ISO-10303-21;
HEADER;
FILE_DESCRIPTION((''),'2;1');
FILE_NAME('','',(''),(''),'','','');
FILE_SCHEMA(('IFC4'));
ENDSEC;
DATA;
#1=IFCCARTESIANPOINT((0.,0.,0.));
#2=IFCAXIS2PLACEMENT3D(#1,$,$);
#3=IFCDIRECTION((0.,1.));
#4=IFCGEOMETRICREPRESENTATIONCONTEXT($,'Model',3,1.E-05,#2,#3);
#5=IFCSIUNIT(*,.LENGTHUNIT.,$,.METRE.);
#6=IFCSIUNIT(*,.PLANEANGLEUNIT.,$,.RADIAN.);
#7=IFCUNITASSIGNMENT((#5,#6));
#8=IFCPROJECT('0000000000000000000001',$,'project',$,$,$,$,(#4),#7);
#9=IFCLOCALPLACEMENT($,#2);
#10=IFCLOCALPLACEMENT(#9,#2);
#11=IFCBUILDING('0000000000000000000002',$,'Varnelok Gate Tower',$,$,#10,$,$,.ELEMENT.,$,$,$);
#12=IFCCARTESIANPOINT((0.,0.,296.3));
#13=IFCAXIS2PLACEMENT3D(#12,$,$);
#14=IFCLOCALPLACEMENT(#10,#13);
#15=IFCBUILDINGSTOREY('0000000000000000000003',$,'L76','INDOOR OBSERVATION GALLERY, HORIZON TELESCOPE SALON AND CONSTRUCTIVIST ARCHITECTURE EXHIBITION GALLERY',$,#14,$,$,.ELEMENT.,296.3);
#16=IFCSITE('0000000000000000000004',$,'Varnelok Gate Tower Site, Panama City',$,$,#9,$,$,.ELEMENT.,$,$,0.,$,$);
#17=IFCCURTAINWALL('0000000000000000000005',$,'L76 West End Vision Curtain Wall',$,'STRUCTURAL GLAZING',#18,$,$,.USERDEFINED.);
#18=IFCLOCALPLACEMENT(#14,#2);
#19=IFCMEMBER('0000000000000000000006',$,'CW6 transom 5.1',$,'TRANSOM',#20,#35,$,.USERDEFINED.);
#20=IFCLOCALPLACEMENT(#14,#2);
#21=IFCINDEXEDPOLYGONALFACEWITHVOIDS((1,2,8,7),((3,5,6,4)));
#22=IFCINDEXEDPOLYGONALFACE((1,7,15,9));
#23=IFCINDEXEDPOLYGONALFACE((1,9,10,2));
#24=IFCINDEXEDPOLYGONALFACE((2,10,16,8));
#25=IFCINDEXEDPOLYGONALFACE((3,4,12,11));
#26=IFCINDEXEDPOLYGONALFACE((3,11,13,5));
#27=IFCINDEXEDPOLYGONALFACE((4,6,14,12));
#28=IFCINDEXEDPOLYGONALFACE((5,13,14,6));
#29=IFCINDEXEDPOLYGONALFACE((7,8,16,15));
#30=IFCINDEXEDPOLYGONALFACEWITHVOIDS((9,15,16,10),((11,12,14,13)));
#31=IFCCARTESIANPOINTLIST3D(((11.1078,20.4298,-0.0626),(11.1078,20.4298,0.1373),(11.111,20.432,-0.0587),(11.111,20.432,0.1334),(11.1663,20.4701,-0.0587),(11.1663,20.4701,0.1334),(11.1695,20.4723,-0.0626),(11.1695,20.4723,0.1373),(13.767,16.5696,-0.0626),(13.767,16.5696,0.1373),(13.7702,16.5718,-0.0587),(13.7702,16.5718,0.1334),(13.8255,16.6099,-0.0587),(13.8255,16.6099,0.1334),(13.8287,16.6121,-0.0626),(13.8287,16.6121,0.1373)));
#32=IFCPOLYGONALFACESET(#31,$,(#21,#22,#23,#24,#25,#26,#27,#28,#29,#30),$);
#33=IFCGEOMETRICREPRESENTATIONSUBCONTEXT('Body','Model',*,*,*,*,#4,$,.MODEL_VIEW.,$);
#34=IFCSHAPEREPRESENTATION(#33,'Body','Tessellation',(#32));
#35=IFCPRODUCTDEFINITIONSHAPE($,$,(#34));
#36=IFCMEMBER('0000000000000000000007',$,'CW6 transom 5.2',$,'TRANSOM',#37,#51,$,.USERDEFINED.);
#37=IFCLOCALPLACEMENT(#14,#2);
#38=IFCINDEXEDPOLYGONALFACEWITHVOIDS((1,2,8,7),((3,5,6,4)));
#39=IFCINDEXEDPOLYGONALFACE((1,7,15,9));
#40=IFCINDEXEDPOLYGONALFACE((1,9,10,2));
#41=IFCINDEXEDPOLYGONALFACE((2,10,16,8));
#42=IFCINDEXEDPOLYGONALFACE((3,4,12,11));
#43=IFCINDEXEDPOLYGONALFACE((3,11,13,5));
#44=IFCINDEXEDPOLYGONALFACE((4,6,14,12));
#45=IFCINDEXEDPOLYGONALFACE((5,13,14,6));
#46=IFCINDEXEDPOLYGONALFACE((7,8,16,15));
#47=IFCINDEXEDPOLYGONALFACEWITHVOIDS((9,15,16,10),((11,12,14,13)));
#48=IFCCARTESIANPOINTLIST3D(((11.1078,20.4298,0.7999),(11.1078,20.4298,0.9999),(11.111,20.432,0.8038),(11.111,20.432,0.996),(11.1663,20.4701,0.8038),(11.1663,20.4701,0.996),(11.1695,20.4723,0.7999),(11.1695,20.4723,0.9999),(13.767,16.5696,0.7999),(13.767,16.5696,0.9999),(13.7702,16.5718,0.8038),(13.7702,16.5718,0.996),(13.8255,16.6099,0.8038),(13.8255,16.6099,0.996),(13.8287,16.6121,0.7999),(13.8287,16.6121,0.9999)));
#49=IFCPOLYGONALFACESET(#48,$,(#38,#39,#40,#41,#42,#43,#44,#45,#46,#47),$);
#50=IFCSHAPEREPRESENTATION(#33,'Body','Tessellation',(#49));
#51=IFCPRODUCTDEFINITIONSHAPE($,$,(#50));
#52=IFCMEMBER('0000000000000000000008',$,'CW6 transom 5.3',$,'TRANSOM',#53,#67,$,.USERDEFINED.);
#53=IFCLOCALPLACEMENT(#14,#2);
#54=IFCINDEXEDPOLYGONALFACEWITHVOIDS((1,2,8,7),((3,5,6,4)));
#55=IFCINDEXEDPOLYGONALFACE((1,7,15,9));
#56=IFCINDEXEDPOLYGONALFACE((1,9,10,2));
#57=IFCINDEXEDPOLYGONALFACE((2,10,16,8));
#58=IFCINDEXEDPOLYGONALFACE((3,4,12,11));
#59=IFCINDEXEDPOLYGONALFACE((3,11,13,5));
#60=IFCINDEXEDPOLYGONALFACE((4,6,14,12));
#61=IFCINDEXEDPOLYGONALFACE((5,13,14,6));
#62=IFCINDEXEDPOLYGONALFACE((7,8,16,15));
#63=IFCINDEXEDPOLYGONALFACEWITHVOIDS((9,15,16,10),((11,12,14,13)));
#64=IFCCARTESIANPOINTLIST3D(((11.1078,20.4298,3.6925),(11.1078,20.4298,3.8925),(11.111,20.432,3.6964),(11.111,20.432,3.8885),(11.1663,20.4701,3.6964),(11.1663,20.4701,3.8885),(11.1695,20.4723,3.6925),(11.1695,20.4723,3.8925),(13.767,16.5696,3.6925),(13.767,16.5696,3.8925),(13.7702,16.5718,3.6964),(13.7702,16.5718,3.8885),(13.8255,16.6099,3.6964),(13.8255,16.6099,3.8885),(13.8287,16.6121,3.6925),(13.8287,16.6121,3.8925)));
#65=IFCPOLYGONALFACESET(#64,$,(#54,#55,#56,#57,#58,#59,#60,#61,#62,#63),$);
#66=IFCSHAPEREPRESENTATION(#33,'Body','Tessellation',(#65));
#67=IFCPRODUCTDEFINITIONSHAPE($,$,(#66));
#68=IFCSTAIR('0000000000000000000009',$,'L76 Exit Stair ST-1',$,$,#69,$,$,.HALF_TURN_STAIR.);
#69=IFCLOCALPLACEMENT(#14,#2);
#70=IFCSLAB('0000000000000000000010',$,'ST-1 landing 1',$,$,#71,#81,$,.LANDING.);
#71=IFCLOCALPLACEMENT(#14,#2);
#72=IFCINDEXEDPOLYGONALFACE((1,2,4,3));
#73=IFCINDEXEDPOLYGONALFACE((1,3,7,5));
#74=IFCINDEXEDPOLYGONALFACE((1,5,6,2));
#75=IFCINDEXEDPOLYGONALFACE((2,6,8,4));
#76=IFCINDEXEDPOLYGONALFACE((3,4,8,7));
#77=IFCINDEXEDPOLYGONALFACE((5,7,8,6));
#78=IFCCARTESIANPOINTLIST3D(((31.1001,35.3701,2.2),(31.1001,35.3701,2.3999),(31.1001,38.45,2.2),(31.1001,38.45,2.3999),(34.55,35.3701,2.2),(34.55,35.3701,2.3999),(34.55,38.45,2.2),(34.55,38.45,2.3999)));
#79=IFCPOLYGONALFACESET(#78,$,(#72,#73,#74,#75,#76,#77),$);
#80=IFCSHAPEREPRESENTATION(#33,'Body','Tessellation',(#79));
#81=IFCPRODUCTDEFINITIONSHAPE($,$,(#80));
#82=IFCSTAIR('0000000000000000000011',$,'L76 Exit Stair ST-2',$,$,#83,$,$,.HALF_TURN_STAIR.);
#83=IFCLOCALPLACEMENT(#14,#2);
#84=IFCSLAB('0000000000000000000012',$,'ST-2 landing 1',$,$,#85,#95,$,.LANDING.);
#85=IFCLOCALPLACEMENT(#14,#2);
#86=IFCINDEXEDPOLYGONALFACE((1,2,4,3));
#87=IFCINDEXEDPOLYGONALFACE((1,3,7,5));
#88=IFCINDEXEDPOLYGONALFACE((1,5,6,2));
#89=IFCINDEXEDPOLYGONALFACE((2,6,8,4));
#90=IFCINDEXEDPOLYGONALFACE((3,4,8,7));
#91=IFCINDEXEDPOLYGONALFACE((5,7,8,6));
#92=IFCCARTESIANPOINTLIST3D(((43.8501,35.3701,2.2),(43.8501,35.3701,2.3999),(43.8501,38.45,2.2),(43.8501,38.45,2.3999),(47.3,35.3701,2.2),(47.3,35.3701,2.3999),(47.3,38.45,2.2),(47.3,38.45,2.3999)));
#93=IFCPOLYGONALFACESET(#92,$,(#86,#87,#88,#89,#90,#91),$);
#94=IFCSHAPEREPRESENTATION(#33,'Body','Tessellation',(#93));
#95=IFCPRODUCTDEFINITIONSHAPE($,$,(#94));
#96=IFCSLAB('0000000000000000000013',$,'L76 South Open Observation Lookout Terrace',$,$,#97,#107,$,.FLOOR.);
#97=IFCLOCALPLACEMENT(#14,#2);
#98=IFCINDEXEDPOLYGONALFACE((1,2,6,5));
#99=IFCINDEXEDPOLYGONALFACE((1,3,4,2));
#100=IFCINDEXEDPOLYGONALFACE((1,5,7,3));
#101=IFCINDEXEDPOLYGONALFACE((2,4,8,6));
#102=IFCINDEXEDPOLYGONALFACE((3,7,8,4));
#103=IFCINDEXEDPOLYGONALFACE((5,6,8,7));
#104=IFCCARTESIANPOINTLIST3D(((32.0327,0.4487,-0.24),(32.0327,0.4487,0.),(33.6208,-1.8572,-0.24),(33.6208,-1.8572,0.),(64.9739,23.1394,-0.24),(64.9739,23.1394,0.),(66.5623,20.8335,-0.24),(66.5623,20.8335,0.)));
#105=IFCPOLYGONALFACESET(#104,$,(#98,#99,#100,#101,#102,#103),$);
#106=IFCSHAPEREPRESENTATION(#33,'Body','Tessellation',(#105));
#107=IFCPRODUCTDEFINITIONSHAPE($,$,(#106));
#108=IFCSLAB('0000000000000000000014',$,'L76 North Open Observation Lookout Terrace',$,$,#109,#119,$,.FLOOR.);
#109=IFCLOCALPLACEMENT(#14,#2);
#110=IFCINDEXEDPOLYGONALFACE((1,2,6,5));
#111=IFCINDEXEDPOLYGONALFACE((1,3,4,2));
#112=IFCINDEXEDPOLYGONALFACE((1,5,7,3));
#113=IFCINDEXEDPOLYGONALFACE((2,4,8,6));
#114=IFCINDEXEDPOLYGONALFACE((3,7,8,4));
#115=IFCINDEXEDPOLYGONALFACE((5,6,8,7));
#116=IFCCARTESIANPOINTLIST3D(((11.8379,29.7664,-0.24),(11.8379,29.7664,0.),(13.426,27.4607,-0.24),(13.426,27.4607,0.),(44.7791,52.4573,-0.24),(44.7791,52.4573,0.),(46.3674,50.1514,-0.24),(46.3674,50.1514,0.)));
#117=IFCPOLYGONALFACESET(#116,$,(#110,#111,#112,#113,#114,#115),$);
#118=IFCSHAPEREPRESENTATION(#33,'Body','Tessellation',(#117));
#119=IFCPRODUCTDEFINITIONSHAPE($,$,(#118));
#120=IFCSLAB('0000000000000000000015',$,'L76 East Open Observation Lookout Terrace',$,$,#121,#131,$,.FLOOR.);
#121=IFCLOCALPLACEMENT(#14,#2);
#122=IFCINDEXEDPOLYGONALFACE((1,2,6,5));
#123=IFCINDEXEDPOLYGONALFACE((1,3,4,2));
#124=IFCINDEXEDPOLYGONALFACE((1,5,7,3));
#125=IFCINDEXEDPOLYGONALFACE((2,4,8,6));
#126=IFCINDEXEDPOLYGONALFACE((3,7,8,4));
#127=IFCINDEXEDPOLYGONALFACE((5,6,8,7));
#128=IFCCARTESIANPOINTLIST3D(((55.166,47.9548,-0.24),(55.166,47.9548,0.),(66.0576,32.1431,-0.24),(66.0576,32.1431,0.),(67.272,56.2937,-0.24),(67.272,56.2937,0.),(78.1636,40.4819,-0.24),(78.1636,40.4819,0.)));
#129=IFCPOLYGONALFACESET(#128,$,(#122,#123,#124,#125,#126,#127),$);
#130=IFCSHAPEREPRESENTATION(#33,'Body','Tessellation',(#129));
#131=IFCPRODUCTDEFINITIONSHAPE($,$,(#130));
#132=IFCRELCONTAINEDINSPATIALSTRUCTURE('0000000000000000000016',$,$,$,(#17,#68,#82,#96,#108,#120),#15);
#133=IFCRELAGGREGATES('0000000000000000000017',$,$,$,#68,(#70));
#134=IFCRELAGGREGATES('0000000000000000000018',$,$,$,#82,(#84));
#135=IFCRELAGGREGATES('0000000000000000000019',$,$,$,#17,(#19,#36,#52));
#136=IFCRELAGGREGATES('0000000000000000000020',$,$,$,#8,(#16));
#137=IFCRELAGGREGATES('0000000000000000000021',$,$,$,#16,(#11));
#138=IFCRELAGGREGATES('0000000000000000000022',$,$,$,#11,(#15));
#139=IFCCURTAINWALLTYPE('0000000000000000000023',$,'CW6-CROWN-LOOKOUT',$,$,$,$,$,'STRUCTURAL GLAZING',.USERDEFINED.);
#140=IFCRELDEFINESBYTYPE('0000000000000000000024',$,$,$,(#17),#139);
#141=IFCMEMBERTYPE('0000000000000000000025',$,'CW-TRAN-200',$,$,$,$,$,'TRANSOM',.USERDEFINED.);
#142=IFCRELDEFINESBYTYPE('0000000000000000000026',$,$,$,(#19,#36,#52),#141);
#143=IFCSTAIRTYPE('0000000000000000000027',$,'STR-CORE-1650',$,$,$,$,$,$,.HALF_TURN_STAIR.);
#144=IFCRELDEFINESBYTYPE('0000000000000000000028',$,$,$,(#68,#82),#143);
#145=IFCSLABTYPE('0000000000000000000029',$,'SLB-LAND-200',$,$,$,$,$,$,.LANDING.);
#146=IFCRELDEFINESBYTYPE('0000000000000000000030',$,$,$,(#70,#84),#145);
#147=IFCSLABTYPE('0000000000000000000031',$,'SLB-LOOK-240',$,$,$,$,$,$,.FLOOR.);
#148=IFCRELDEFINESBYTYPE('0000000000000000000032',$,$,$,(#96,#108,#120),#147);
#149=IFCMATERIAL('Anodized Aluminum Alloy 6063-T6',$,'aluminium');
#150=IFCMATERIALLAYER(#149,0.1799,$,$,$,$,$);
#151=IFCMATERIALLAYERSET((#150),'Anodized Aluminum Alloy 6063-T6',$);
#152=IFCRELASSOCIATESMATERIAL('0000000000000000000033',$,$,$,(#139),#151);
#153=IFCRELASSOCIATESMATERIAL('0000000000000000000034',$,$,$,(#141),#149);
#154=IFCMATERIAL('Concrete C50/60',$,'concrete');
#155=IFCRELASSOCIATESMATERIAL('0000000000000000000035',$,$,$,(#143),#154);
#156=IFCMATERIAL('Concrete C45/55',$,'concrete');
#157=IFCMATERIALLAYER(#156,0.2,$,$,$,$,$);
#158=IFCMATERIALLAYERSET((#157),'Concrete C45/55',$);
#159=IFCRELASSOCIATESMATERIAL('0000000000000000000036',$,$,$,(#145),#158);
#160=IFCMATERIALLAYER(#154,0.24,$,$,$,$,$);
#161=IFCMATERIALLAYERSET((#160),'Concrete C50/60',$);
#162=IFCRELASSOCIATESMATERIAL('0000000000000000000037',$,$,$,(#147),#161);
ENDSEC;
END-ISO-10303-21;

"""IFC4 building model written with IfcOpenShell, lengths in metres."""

from ifc_helpers import new_model, si_unit, direction, frame, origin, origin_2d, place, context, subcontext, project, spatial, polyline, hollow_rectangle, outline, extrude, material, layer, layer_set, material_profile, profile_set, type_object, element, aggregate, save


model = new_model("IFC4")

# Units and contexts
model_context = context("Model", 3, precision=1e-05, world=origin(), true_north=direction((0.0, 1.0)))
body_context = subcontext(model_context, "Body", "Model", "MODEL_VIEW")
ifc_project = project(units=[si_unit("LENGTHUNIT", "METRE"), si_unit("PLANEANGLEUNIT", "RADIAN")], contexts=[model_context])

# Site, building, storey
site_placement = place(None, origin())
site = spatial("IfcSite", under=ifc_project, at=site_placement, Name="Varnelok Gate Tower Site, Panama City", CompositionType="ELEMENT", RefElevation=0.0)
building_placement = place(site_placement, origin())
building = spatial("IfcBuilding", under=site, at=building_placement, Name="Varnelok Gate Tower", CompositionType="ELEMENT")
storey_placement = place(building_placement, frame((0.0, 0.0, 296.3)))
storey = spatial("IfcBuildingStorey", under=building, at=storey_placement, Name="L76", Description="INDOOR OBSERVATION GALLERY, HORIZON TELESCOPE SALON AND CONSTRUCTIVIST ARCHITECTURE EXHIBITION GALLERY", CompositionType="ELEMENT", Elevation=296.3)

# Curtain wall, members
ifc_material_1 = material(Name="Anodized Aluminum Alloy 6063-T6", Category="aluminium")
ifc_layer_1 = layer(ifc_material_1, 0.1799)
ifc_layer_set_1 = layer_set([ifc_layer_1], Name="Anodized Aluminum Alloy 6063-T6")
curtain_wall_type = type_object("IfcCurtainWallType", Name="CW6-CROWN-LOOKOUT", ElementType="STRUCTURAL GLAZING", PredefinedType="USERDEFINED", material=ifc_layer_set_1)
curtain_wall_placement = place(storey_placement, origin())
curtain_wall = element("IfcCurtainWall", 1, at=curtain_wall_placement, inside=storey, type_object=curtain_wall_type, Name="L76 West End Vision Curtain Wall", ObjectType="STRUCTURAL GLAZING", PredefinedType="USERDEFINED")
ifc_material_profile_1 = material_profile(ifc_material_1, hollow_rectangle(XDim=0.075, YDim=0.2, WallThickness=0.0039, at=origin_2d()), Name="ALU200X75X4")
ifc_profile_set_1 = profile_set([ifc_material_profile_1], Name="Anodized Aluminum Alloy 6063-T6")
member_type_1 = type_object("IfcMemberType", Name="CW-TRAN-200", ElementType="TRANSOM", PredefinedType="USERDEFINED", material=ifc_profile_set_1)
member_1_placement = place(storey_placement, frame((13.7979, 16.5908, 0.0374), z_axis=(-0.567304, 0.823508, 0.0), x_axis=(-0.823508, -0.567304, 0.0)))
member_1 = element("IfcMember", 2, at=member_1_placement, type_object=member_type_1, Name="CW6 transom 5.1", ObjectType="TRANSOM", PredefinedType="USERDEFINED", context=body_context, shape_type="SweptSolid", body=[
    extrude(hollow_rectangle(XDim=0.075, YDim=0.2, WallThickness=0.0039, at=origin_2d()), origin(), (0.0, 0.0, 1.0), 4.6875),
])
member_2_placement = place(storey_placement, frame((13.7979, 16.5908, 0.8999), z_axis=(-0.567304, 0.823508, 0.0), x_axis=(-0.823508, -0.567304, 0.0)))
member_2 = element("IfcMember", 3, at=member_2_placement, type_object=member_type_1, Name="CW6 transom 5.2", ObjectType="TRANSOM", PredefinedType="USERDEFINED", context=body_context, shape_type="SweptSolid", body=[
    extrude(hollow_rectangle(XDim=0.075, YDim=0.2, WallThickness=0.0039, at=origin_2d()), origin(), (0.0, 0.0, 1.0), 4.6875),
])
member_3_placement = place(storey_placement, frame((13.7979, 16.5908, 3.7925), z_axis=(-0.567304, 0.823508, 0.0), x_axis=(-0.823508, -0.567304, 0.0)))
member_3 = element("IfcMember", 4, at=member_3_placement, type_object=member_type_1, Name="CW6 transom 5.3", ObjectType="TRANSOM", PredefinedType="USERDEFINED", context=body_context, shape_type="SweptSolid", body=[
    extrude(hollow_rectangle(XDim=0.075, YDim=0.2, WallThickness=0.0039, at=origin_2d()), origin(), (0.0, 0.0, 1.0), 4.6875),
])

# Stairs, slabs
ifc_material_2 = material(Name="Concrete C50/60", Category="concrete")
stair_type = type_object("IfcStairType", Name="STR-CORE-1650", PredefinedType="HALF_TURN_STAIR", material=ifc_material_2)
stair_1_placement = place(storey_placement, origin())
stair_1 = element("IfcStair", 5, at=stair_1_placement, inside=storey, type_object=stair_type, Name="L76 Exit Stair ST-1", PredefinedType="HALF_TURN_STAIR")
ifc_material_3 = material(Name="Concrete C45/55", Category="concrete")
ifc_layer_2 = layer(ifc_material_3, 0.2)
ifc_layer_set_2 = layer_set([ifc_layer_2], Name="Concrete C45/55")
slab_type_1 = type_object("IfcSlabType", Name="SLB-LAND-200", PredefinedType="LANDING", material=ifc_layer_set_2)
slab_1_placement = place(storey_placement, frame((0.0, 0.0, 2.2)))
slab_1 = element("IfcSlab", 6, at=slab_1_placement, type_object=slab_type_1, Name="ST-1 landing 1", PredefinedType="LANDING", context=body_context, shape_type="SweptSolid", body=[
    extrude(outline(polyline([(34.55, 35.3701), (34.55, 38.45), (31.1001, 38.45), (31.1001, 35.3701), (34.55, 35.3701)])), origin(), (0.0, 0.0, 1.0), 0.2),
])
aggregate(stair_1, [slab_1])
stair_2_placement = place(storey_placement, origin())
stair_2 = element("IfcStair", 7, at=stair_2_placement, inside=storey, type_object=stair_type, Name="L76 Exit Stair ST-2", PredefinedType="HALF_TURN_STAIR")
slab_2_placement = place(storey_placement, frame((0.0, 0.0, 2.2)))
slab_2 = element("IfcSlab", 8, at=slab_2_placement, type_object=slab_type_1, Name="ST-2 landing 1", PredefinedType="LANDING", context=body_context, shape_type="SweptSolid", body=[
    extrude(outline(polyline([(47.3, 35.3701), (47.3, 38.45), (43.8501, 38.45), (43.8501, 35.3701), (47.3, 35.3701)])), origin(), (0.0, 0.0, 1.0), 0.2),
])
aggregate(stair_2, [slab_2])

# Slabs
ifc_layer_3 = layer(ifc_material_2, 0.24)
ifc_layer_set_3 = layer_set([ifc_layer_3], Name="Concrete C50/60")
slab_type_2 = type_object("IfcSlabType", Name="SLB-LOOK-240", PredefinedType="FLOOR", material=ifc_layer_set_3)
slab_3_placement = place(storey_placement, frame((0.0, 0.0, -0.24)))
element("IfcSlab", 9, at=slab_3_placement, inside=storey, type_object=slab_type_2, Name="L76 South Open Observation Lookout Terrace", PredefinedType="FLOOR", context=body_context, shape_type="SweptSolid", body=[
    extrude(outline(polyline([(33.6208, -1.8572), (66.5623, 20.8335), (64.9739, 23.1394), (32.0327, 0.4487), (33.6208, -1.8572)])), origin(), (0.0, 0.0, 1.0), 0.24),
])
slab_4_placement = place(storey_placement, frame((0.0, 0.0, -0.24)))
element("IfcSlab", 10, at=slab_4_placement, inside=storey, type_object=slab_type_2, Name="L76 North Open Observation Lookout Terrace", PredefinedType="FLOOR", context=body_context, shape_type="SweptSolid", body=[
    extrude(outline(polyline([(13.426, 27.4607), (46.3674, 50.1514), (44.7791, 52.4573), (11.8379, 29.7664), (13.426, 27.4607)])), origin(), (0.0, 0.0, 1.0), 0.24),
])
slab_5_placement = place(storey_placement, frame((0.0, 0.0, -0.24)))
element("IfcSlab", 11, at=slab_5_placement, inside=storey, type_object=slab_type_2, Name="L76 East Open Observation Lookout Terrace", PredefinedType="FLOOR", context=body_context, shape_type="SweptSolid", body=[
    extrude(outline(polyline([(66.0576, 32.1431), (78.1636, 40.4819), (67.272, 56.2937), (55.166, 47.9548), (66.0576, 32.1431)])), origin(), (0.0, 0.0, 1.0), 0.24),
])

aggregate(curtain_wall, [member_1, member_2, member_3])

save(model, "model.ifc")
